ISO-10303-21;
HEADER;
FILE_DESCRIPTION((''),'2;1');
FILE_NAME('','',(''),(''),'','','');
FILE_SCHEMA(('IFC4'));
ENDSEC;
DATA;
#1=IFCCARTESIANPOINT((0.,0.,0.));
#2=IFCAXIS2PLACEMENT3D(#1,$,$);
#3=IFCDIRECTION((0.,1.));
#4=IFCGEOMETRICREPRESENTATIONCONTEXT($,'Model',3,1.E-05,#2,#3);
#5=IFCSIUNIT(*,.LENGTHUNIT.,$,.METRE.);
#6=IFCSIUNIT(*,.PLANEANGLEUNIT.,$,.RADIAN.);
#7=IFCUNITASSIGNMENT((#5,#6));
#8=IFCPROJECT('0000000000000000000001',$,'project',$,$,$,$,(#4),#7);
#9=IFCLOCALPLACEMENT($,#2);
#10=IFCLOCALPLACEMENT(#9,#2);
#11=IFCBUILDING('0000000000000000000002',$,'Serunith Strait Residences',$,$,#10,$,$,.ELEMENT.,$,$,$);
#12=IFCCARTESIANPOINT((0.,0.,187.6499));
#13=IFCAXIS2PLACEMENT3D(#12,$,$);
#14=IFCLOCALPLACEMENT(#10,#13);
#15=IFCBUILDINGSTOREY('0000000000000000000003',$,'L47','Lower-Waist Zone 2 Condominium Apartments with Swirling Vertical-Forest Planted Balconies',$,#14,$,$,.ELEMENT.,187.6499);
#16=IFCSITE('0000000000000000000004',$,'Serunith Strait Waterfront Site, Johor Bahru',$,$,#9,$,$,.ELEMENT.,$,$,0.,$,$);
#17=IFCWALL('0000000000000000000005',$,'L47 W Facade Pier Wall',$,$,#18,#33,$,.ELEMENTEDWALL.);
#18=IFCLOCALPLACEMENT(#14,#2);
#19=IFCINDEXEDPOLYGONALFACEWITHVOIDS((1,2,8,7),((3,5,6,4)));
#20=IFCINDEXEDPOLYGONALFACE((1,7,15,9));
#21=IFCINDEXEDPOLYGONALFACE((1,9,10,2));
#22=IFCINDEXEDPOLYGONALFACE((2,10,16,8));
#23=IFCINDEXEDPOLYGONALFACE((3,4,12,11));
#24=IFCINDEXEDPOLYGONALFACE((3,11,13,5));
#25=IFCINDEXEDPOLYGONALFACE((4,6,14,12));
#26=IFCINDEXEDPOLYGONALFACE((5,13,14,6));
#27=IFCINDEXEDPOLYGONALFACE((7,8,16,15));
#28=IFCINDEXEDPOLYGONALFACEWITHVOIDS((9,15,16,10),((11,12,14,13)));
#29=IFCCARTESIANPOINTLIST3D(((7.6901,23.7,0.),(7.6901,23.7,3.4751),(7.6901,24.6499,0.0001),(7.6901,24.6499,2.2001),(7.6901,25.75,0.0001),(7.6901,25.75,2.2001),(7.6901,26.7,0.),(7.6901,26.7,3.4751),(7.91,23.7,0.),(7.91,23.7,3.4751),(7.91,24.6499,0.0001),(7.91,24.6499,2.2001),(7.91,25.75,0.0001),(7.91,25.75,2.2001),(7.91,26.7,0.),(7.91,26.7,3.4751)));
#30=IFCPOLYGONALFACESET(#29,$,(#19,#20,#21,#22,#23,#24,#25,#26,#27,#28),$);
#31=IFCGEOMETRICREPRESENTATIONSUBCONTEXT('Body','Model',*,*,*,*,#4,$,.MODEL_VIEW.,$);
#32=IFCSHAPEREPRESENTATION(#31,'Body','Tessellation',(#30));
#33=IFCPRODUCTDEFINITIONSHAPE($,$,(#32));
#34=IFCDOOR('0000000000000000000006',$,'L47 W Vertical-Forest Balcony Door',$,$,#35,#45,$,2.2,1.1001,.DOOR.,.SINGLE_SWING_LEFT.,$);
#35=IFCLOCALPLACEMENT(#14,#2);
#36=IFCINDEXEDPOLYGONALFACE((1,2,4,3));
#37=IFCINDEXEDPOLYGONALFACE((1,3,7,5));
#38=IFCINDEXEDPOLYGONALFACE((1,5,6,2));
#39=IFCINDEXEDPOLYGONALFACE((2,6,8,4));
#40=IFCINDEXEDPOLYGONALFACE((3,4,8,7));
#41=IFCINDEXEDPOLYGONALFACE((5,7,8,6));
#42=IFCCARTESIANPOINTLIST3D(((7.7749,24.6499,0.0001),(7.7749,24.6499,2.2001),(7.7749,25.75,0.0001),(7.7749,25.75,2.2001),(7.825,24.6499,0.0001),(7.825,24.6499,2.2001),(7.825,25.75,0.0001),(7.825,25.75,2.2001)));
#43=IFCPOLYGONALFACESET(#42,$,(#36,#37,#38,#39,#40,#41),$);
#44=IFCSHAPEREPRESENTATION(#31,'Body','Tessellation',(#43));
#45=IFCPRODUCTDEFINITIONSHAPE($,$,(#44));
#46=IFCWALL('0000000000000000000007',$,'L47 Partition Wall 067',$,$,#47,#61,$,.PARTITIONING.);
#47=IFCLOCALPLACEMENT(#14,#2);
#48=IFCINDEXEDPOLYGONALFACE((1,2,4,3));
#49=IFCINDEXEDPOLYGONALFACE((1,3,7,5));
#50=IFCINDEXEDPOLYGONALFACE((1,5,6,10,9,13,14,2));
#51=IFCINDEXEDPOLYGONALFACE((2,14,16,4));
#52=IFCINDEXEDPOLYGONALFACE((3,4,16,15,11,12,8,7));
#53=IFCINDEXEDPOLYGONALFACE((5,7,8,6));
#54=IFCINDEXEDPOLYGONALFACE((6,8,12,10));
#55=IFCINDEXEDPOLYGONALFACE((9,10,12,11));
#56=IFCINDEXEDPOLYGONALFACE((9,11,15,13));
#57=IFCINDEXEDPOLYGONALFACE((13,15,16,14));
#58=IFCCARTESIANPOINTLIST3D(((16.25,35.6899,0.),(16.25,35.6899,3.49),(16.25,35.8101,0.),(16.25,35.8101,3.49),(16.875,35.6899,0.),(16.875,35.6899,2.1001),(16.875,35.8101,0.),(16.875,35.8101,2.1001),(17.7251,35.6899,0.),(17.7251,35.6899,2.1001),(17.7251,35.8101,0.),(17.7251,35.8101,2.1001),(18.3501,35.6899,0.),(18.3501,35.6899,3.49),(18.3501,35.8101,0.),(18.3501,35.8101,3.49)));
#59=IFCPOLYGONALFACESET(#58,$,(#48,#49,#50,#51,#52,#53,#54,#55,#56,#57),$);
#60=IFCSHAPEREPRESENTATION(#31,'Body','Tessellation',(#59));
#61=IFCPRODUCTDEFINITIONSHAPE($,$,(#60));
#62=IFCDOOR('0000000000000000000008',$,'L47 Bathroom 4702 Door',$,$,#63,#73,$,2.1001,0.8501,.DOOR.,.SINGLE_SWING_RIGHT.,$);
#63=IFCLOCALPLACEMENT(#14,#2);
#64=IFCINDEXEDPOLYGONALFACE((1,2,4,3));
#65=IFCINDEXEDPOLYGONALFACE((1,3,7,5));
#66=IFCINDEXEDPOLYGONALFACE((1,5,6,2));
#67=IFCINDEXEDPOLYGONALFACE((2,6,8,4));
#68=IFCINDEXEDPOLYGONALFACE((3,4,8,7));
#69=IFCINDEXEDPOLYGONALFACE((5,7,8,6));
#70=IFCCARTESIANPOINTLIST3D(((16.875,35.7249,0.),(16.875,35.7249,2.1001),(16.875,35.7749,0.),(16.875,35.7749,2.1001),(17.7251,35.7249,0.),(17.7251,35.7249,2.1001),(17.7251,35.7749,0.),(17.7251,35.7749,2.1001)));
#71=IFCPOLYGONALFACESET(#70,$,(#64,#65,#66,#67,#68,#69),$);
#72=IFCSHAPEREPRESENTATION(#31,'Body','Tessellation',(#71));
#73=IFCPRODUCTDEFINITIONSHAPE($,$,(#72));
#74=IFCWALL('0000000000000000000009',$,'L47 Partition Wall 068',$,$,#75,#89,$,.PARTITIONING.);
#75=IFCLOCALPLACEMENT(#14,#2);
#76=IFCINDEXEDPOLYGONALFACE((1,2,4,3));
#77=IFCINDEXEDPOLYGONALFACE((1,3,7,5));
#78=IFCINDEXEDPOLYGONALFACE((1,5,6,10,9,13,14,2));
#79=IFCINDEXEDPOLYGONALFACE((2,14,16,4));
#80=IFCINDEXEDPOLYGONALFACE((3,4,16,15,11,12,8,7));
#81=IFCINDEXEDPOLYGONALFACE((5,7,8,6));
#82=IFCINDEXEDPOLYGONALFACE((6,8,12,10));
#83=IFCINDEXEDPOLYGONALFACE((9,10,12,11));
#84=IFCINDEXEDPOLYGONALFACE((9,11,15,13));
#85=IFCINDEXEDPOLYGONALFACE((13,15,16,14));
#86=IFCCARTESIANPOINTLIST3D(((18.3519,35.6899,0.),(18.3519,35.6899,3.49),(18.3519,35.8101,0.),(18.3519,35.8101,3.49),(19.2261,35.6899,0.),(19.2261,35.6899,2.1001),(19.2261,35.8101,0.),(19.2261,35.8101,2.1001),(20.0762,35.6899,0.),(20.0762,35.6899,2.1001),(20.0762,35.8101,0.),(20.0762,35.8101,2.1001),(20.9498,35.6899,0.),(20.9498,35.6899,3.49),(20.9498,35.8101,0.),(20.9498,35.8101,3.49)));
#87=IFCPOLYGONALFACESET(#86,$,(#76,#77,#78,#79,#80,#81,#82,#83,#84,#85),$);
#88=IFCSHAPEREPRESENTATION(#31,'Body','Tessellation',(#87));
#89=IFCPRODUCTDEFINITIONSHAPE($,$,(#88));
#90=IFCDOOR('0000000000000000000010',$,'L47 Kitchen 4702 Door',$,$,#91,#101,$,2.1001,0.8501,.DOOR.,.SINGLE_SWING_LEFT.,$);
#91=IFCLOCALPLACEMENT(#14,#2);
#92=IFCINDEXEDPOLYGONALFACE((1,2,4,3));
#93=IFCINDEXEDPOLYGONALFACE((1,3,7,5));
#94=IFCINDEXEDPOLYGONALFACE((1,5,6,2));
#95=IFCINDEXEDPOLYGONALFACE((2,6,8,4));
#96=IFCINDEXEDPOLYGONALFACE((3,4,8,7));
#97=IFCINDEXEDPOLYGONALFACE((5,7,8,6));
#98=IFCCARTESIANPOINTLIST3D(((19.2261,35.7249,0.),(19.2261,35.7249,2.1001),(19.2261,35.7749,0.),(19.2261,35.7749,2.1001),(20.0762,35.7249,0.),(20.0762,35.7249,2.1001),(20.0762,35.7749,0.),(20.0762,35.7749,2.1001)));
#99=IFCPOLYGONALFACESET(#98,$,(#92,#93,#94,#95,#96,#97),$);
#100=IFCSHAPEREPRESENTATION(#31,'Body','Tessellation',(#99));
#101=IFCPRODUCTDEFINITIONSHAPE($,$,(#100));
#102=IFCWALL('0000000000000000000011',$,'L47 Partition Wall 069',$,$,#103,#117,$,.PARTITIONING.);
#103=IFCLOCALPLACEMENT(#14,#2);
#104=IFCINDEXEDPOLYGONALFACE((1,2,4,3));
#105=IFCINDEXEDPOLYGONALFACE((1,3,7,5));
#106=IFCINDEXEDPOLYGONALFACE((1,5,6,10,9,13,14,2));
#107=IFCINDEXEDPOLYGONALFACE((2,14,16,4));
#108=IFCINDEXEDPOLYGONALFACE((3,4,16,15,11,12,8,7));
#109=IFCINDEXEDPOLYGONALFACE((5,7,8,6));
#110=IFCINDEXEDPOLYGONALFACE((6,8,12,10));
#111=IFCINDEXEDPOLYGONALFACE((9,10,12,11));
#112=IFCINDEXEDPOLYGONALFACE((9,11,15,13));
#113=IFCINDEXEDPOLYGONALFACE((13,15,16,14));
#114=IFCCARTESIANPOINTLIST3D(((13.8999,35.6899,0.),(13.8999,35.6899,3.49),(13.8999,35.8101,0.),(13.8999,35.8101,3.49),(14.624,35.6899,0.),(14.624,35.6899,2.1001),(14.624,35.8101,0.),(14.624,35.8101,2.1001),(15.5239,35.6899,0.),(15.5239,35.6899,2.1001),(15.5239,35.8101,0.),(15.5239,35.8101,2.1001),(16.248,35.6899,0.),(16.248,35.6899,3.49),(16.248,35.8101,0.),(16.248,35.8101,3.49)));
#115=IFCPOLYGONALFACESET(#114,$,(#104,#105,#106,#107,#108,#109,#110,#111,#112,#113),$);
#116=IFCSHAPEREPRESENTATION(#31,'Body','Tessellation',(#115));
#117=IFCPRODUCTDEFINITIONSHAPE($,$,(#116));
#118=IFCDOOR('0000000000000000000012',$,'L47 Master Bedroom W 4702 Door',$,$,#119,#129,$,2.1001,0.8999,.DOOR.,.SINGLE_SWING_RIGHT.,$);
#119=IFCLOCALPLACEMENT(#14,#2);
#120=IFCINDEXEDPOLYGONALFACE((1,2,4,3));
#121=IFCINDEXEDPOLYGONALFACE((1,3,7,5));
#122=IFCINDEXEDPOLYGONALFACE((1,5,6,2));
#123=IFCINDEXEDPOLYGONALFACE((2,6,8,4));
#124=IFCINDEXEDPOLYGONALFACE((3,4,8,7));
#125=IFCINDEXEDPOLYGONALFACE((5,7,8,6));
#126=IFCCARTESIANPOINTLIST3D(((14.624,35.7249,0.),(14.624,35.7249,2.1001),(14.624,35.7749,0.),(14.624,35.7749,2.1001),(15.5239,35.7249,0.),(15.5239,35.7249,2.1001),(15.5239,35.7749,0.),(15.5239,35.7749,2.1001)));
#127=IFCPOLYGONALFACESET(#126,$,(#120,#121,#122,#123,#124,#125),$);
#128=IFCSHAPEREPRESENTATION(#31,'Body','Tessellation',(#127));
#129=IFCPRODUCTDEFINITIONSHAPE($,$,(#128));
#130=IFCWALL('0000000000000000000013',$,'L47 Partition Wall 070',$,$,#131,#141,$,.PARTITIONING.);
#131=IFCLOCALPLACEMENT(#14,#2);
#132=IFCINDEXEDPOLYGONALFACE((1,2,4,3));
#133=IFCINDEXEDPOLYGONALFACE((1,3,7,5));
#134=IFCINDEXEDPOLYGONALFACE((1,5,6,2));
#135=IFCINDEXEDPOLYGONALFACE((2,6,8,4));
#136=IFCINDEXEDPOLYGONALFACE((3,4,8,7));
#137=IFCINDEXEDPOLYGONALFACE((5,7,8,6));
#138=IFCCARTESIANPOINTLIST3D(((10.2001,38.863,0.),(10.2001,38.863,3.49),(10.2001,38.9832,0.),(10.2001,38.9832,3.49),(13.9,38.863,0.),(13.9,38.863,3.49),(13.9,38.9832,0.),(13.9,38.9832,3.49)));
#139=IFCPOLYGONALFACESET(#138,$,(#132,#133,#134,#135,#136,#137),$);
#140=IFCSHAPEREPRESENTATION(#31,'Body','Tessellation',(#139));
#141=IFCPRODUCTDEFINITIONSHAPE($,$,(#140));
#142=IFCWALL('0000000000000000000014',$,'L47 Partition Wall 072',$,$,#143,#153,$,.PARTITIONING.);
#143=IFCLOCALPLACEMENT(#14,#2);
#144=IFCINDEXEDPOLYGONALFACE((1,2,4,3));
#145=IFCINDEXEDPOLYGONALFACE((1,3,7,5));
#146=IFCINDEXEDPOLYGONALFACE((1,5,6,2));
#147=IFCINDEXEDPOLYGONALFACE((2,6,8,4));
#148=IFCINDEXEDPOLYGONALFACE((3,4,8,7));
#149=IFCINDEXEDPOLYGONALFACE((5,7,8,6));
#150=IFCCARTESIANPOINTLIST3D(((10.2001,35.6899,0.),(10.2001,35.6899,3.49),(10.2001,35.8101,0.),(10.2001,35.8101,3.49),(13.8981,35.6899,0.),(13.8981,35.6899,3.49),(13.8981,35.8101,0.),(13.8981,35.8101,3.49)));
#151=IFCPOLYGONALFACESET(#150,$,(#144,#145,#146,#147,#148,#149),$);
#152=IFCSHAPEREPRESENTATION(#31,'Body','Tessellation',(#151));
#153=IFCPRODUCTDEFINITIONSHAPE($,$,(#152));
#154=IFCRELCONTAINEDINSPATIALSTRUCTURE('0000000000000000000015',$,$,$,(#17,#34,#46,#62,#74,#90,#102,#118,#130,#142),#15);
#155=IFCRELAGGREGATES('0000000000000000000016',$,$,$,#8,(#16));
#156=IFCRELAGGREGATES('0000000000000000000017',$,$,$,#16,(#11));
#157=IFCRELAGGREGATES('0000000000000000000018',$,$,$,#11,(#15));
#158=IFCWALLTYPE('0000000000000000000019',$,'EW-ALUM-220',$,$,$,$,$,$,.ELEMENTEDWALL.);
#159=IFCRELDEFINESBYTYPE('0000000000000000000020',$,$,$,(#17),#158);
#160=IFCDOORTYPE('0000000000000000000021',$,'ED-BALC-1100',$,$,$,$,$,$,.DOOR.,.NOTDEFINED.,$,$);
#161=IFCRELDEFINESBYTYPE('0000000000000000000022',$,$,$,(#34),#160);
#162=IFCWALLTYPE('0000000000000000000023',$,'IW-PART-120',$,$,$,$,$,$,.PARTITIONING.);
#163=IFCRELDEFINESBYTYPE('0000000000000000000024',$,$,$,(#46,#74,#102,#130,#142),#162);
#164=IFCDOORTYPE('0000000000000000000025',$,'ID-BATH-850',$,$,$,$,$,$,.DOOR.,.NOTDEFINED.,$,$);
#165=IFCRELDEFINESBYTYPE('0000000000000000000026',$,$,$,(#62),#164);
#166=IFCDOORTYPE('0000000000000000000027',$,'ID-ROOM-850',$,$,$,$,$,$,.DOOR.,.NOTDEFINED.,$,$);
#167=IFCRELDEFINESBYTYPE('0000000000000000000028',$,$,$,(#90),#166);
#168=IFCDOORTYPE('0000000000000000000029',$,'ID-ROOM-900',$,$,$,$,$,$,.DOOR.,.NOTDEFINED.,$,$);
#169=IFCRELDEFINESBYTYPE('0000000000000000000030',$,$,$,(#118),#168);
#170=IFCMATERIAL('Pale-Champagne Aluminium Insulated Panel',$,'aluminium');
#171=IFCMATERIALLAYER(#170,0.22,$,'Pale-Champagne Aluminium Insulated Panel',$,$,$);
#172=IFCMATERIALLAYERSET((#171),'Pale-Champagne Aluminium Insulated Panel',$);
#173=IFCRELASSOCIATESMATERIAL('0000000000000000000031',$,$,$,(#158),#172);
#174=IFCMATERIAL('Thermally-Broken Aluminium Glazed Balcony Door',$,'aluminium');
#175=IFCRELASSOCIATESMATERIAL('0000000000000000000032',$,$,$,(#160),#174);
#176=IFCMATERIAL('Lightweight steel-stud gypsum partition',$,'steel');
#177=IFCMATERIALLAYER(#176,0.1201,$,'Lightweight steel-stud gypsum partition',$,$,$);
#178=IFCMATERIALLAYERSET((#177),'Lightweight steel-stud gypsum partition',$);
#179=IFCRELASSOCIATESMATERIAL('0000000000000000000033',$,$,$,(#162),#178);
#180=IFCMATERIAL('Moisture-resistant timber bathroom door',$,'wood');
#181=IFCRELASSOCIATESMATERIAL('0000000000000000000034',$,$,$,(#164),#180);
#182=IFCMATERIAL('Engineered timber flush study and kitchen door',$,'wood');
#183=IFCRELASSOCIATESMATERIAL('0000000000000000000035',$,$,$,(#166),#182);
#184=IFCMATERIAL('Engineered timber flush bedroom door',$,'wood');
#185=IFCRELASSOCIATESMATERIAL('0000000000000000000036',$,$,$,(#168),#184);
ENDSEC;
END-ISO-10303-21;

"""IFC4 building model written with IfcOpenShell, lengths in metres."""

from ifc_helpers import new_model, si_unit, direction, frame, frame_2d, origin, place, context, subcontext, project, spatial, rectangle, extrude, source, transform, mapped, material, layer, layer_set, type_object, element, fill, save


model = new_model("IFC4")

# Units and contexts
model_context = context("Model", 3, precision=1e-05, world=origin(), true_north=direction((0.0, 1.0)))
body_context = subcontext(model_context, "Body", "Model", "MODEL_VIEW")
ifc_project = project(units=[si_unit("LENGTHUNIT", "METRE"), si_unit("PLANEANGLEUNIT", "RADIAN")], contexts=[model_context])

# Site, building, storey
site_placement = place(None, origin())
site = spatial("IfcSite", under=ifc_project, at=site_placement, Name="Serunith Strait Waterfront Site, Johor Bahru", CompositionType="ELEMENT", RefElevation=0.0)
building_placement = place(site_placement, origin())
building = spatial("IfcBuilding", under=site, at=building_placement, Name="Serunith Strait Residences", CompositionType="ELEMENT")
storey_placement = place(building_placement, frame((0.0, 0.0, 187.6499)))
storey = spatial("IfcBuildingStorey", under=building, at=storey_placement, Name="L47", Description="Lower-Waist Zone 2 Condominium Apartments with Swirling Vertical-Forest Planted Balconies", CompositionType="ELEMENT", Elevation=187.6499)

# Walls, openings, doors
ifc_material_1 = material(Name="Pale-Champagne Aluminium Insulated Panel", Category="aluminium")
ifc_layer_1 = layer(ifc_material_1, 0.22, Name="Pale-Champagne Aluminium Insulated Panel")
ifc_layer_set_1 = layer_set([ifc_layer_1], Name="Pale-Champagne Aluminium Insulated Panel")
wall_type_1 = type_object("IfcWallType", Name="EW-ALUM-220", PredefinedType="ELEMENTEDWALL", material=ifc_layer_set_1)
wall_1_placement = place(storey_placement, frame((7.8, 26.7, 0.0), z_axis=(0.0, 0.0, 1.0), x_axis=(0.0, -1.0, 0.0)))
wall_1 = element("IfcWall", 1, at=wall_1_placement, inside=storey, type_object=wall_type_1, Name="L47 W Facade Pier Wall", PredefinedType="ELEMENTEDWALL", context=body_context, shape_type="SweptSolid", body=[
    extrude(rectangle(XDim=3.0, YDim=0.22, at=frame_2d((1.5, 0.0))), origin(), (0.0, 0.0, 1.0), 3.4751),
])
opening_1_placement = place(wall_1_placement, frame((0.95, 0.0, 0.0)))
opening_1 = element("IfcOpeningElement", 2, at=opening_1_placement, cuts=wall_1, PredefinedType="OPENING", context=body_context, shape_type="SweptSolid", body=[
    extrude(rectangle(XDim=1.1001, YDim=2.2, at=frame_2d((0.55, 1.1001))), frame((0.0, 0.1201, 0.0), z_axis=(0.0, -1.0, 0.0), x_axis=(1.0, 0.0, 0.0)), (0.0, 0.0, 1.0), 0.24),
])
ifc_material_2 = material(Name="Thermally-Broken Aluminium Glazed Balcony Door", Category="aluminium")
door_type_1 = type_object("IfcDoorType", Name="ED-BALC-1100", OperationType="NOTDEFINED", PredefinedType="DOOR", material=ifc_material_2)
shared_shape_1 = source(origin(), body_context, "Body", "SweptSolid", [
    extrude(rectangle(XDim=1.1001, YDim=2.2, at=frame_2d((0.55, 1.1001))), frame((0.0, 0.0249, 0.0), z_axis=(0.0, -1.0, 0.0), x_axis=(1.0, 0.0, 0.0)), (0.0, 0.0, 1.0), 0.05),
])
door_1_placement = place(opening_1_placement, origin())
door_1 = element("IfcDoor", 3, at=door_1_placement, inside=storey, type_object=door_type_1, Name="L47 W Vertical-Forest Balcony Door", OperationType="SINGLE_SWING_LEFT", OverallHeight=2.2, OverallWidth=1.1001, PredefinedType="DOOR", context=body_context, shape_type="MappedRepresentation", body=[
    mapped(shared_shape_1, transform((0.0, 0.0, 0.0), scale=1.0)),
])
fill(opening_1, door_1)
ifc_material_3 = material(Name="Lightweight steel-stud gypsum partition", Category="steel")
ifc_layer_2 = layer(ifc_material_3, 0.1201, Name="Lightweight steel-stud gypsum partition")
ifc_layer_set_2 = layer_set([ifc_layer_2], Name="Lightweight steel-stud gypsum partition")
wall_type_2 = type_object("IfcWallType", Name="IW-PART-120", PredefinedType="PARTITIONING", material=ifc_layer_set_2)
wall_2_placement = place(storey_placement, frame((16.25, 35.75, 0.0), z_axis=(0.0, 0.0, 1.0), x_axis=(1.0, 0.0, 0.0)))
wall_2 = element("IfcWall", 4, at=wall_2_placement, inside=storey, type_object=wall_type_2, Name="L47 Partition Wall 067", PredefinedType="PARTITIONING", context=body_context, shape_type="SweptSolid", body=[
    extrude(rectangle(XDim=2.1001, YDim=0.1201, at=frame_2d((1.05, 0.0))), origin(), (0.0, 0.0, 1.0), 3.49),
])
opening_2_placement = place(wall_2_placement, frame((0.625, 0.0, 0.0)))
opening_2 = element("IfcOpeningElement", 5, at=opening_2_placement, cuts=wall_2, PredefinedType="OPENING", context=body_context, shape_type="SweptSolid", body=[
    extrude(rectangle(XDim=0.8501, YDim=2.1001, at=frame_2d((0.425, 1.05))), frame((0.0, 0.0701, 0.0), z_axis=(0.0, -1.0, 0.0), x_axis=(1.0, 0.0, 0.0)), (0.0, 0.0, 1.0), 0.1401),
])
ifc_material_4 = material(Name="Moisture-resistant timber bathroom door", Category="wood")
door_type_2 = type_object("IfcDoorType", Name="ID-BATH-850", OperationType="NOTDEFINED", PredefinedType="DOOR", material=ifc_material_4)
shared_shape_2 = source(origin(), body_context, "Body", "SweptSolid", [
    extrude(rectangle(XDim=0.8501, YDim=2.1001, at=frame_2d((0.425, 1.05))), frame((0.0, 0.0249, 0.0), z_axis=(0.0, -1.0, 0.0), x_axis=(1.0, 0.0, 0.0)), (0.0, 0.0, 1.0), 0.05),
])
door_2_placement = place(opening_2_placement, origin())
door_2 = element("IfcDoor", 6, at=door_2_placement, inside=storey, type_object=door_type_2, Name="L47 Bathroom 4702 Door", OperationType="SINGLE_SWING_RIGHT", OverallHeight=2.1001, OverallWidth=0.8501, PredefinedType="DOOR", context=body_context, shape_type="MappedRepresentation", body=[
    mapped(shared_shape_2, transform((0.0, 0.0, 0.0), scale=1.0)),
])
fill(opening_2, door_2)
wall_3_placement = place(storey_placement, frame((18.3521, 35.75, 0.0), z_axis=(0.0, 0.0, 1.0), x_axis=(1.0, 0.0, 0.0)))
wall_3 = element("IfcWall", 7, at=wall_3_placement, inside=storey, type_object=wall_type_2, Name="L47 Partition Wall 068", PredefinedType="PARTITIONING", context=body_context, shape_type="SweptSolid", body=[
    extrude(rectangle(XDim=2.5979, YDim=0.1201, at=frame_2d((1.2988, 0.0))), origin(), (0.0, 0.0, 1.0), 3.49),
])
opening_3_placement = place(wall_3_placement, frame((0.874, 0.0, 0.0)))
opening_3 = element("IfcOpeningElement", 8, at=opening_3_placement, cuts=wall_3, PredefinedType="OPENING", context=body_context, shape_type="SweptSolid", body=[
    extrude(rectangle(XDim=0.8501, YDim=2.1001, at=frame_2d((0.425, 1.05))), frame((0.0, 0.0701, 0.0), z_axis=(0.0, -1.0, 0.0), x_axis=(1.0, 0.0, 0.0)), (0.0, 0.0, 1.0), 0.1401),
])
ifc_material_5 = material(Name="Engineered timber flush study and kitchen door", Category="wood")
door_type_3 = type_object("IfcDoorType", Name="ID-ROOM-850", OperationType="NOTDEFINED", PredefinedType="DOOR", material=ifc_material_5)
door_3_placement = place(opening_3_placement, origin())
door_3 = element("IfcDoor", 9, at=door_3_placement, inside=storey, type_object=door_type_3, Name="L47 Kitchen 4702 Door", OperationType="SINGLE_SWING_LEFT", OverallHeight=2.1001, OverallWidth=0.8501, PredefinedType="DOOR", context=body_context, shape_type="MappedRepresentation", body=[
    mapped(shared_shape_2, transform((0.0, 0.0, 0.0), scale=1.0)),
])
fill(opening_3, door_3)
wall_4_placement = place(storey_placement, frame((13.8999, 35.75, 0.0), z_axis=(0.0, 0.0, 1.0), x_axis=(1.0, 0.0, 0.0)))
wall_4 = element("IfcWall", 10, at=wall_4_placement, inside=storey, type_object=wall_type_2, Name="L47 Partition Wall 069", PredefinedType="PARTITIONING", context=body_context, shape_type="SweptSolid", body=[
    extrude(rectangle(XDim=2.3481, YDim=0.1201, at=frame_2d((1.1741, 0.0))), origin(), (0.0, 0.0, 1.0), 3.49),
])
opening_4_placement = place(wall_4_placement, frame((0.7241, 0.0, 0.0)))
opening_4 = element("IfcOpeningElement", 11, at=opening_4_placement, cuts=wall_4, PredefinedType="OPENING", context=body_context, shape_type="SweptSolid", body=[
    extrude(rectangle(XDim=0.8999, YDim=2.1001, at=frame_2d((0.45, 1.05))), frame((0.0, 0.0701, 0.0), z_axis=(0.0, -1.0, 0.0), x_axis=(1.0, 0.0, 0.0)), (0.0, 0.0, 1.0), 0.1401),
])
ifc_material_6 = material(Name="Engineered timber flush bedroom door", Category="wood")
door_type_4 = type_object("IfcDoorType", Name="ID-ROOM-900", OperationType="NOTDEFINED", PredefinedType="DOOR", material=ifc_material_6)
shared_shape_3 = source(origin(), body_context, "Body", "SweptSolid", [
    extrude(rectangle(XDim=0.8999, YDim=2.1001, at=frame_2d((0.45, 1.05))), frame((0.0, 0.0249, 0.0), z_axis=(0.0, -1.0, 0.0), x_axis=(1.0, 0.0, 0.0)), (0.0, 0.0, 1.0), 0.05),
])
door_4_placement = place(opening_4_placement, origin())
door_4 = element("IfcDoor", 12, at=door_4_placement, inside=storey, type_object=door_type_4, Name="L47 Master Bedroom W 4702 Door", OperationType="SINGLE_SWING_RIGHT", OverallHeight=2.1001, OverallWidth=0.8999, PredefinedType="DOOR", context=body_context, shape_type="MappedRepresentation", body=[
    mapped(shared_shape_3, transform((0.0, 0.0, 0.0), scale=1.0)),
])
fill(opening_4, door_4)

# Walls
wall_5_placement = place(storey_placement, frame((10.2, 38.9231, 0.0), z_axis=(0.0, 0.0, 1.0), x_axis=(1.0, 0.0, 0.0)))
element("IfcWall", 13, at=wall_5_placement, inside=storey, type_object=wall_type_2, Name="L47 Partition Wall 070", PredefinedType="PARTITIONING", context=body_context, shape_type="SweptSolid", body=[
    extrude(rectangle(XDim=3.7, YDim=0.1201, at=frame_2d((1.8501, 0.0))), origin(), (0.0, 0.0, 1.0), 3.49),
])
wall_6_placement = place(storey_placement, frame((10.2, 35.75, 0.0), z_axis=(0.0, 0.0, 1.0), x_axis=(1.0, 0.0, 0.0)))
element("IfcWall", 14, at=wall_6_placement, inside=storey, type_object=wall_type_2, Name="L47 Partition Wall 072", PredefinedType="PARTITIONING", context=body_context, shape_type="SweptSolid", body=[
    extrude(rectangle(XDim=3.698, YDim=0.1201, at=frame_2d((1.8491, 0.0))), origin(), (0.0, 0.0, 1.0), 3.49),
])

save(model, "model.ifc")
